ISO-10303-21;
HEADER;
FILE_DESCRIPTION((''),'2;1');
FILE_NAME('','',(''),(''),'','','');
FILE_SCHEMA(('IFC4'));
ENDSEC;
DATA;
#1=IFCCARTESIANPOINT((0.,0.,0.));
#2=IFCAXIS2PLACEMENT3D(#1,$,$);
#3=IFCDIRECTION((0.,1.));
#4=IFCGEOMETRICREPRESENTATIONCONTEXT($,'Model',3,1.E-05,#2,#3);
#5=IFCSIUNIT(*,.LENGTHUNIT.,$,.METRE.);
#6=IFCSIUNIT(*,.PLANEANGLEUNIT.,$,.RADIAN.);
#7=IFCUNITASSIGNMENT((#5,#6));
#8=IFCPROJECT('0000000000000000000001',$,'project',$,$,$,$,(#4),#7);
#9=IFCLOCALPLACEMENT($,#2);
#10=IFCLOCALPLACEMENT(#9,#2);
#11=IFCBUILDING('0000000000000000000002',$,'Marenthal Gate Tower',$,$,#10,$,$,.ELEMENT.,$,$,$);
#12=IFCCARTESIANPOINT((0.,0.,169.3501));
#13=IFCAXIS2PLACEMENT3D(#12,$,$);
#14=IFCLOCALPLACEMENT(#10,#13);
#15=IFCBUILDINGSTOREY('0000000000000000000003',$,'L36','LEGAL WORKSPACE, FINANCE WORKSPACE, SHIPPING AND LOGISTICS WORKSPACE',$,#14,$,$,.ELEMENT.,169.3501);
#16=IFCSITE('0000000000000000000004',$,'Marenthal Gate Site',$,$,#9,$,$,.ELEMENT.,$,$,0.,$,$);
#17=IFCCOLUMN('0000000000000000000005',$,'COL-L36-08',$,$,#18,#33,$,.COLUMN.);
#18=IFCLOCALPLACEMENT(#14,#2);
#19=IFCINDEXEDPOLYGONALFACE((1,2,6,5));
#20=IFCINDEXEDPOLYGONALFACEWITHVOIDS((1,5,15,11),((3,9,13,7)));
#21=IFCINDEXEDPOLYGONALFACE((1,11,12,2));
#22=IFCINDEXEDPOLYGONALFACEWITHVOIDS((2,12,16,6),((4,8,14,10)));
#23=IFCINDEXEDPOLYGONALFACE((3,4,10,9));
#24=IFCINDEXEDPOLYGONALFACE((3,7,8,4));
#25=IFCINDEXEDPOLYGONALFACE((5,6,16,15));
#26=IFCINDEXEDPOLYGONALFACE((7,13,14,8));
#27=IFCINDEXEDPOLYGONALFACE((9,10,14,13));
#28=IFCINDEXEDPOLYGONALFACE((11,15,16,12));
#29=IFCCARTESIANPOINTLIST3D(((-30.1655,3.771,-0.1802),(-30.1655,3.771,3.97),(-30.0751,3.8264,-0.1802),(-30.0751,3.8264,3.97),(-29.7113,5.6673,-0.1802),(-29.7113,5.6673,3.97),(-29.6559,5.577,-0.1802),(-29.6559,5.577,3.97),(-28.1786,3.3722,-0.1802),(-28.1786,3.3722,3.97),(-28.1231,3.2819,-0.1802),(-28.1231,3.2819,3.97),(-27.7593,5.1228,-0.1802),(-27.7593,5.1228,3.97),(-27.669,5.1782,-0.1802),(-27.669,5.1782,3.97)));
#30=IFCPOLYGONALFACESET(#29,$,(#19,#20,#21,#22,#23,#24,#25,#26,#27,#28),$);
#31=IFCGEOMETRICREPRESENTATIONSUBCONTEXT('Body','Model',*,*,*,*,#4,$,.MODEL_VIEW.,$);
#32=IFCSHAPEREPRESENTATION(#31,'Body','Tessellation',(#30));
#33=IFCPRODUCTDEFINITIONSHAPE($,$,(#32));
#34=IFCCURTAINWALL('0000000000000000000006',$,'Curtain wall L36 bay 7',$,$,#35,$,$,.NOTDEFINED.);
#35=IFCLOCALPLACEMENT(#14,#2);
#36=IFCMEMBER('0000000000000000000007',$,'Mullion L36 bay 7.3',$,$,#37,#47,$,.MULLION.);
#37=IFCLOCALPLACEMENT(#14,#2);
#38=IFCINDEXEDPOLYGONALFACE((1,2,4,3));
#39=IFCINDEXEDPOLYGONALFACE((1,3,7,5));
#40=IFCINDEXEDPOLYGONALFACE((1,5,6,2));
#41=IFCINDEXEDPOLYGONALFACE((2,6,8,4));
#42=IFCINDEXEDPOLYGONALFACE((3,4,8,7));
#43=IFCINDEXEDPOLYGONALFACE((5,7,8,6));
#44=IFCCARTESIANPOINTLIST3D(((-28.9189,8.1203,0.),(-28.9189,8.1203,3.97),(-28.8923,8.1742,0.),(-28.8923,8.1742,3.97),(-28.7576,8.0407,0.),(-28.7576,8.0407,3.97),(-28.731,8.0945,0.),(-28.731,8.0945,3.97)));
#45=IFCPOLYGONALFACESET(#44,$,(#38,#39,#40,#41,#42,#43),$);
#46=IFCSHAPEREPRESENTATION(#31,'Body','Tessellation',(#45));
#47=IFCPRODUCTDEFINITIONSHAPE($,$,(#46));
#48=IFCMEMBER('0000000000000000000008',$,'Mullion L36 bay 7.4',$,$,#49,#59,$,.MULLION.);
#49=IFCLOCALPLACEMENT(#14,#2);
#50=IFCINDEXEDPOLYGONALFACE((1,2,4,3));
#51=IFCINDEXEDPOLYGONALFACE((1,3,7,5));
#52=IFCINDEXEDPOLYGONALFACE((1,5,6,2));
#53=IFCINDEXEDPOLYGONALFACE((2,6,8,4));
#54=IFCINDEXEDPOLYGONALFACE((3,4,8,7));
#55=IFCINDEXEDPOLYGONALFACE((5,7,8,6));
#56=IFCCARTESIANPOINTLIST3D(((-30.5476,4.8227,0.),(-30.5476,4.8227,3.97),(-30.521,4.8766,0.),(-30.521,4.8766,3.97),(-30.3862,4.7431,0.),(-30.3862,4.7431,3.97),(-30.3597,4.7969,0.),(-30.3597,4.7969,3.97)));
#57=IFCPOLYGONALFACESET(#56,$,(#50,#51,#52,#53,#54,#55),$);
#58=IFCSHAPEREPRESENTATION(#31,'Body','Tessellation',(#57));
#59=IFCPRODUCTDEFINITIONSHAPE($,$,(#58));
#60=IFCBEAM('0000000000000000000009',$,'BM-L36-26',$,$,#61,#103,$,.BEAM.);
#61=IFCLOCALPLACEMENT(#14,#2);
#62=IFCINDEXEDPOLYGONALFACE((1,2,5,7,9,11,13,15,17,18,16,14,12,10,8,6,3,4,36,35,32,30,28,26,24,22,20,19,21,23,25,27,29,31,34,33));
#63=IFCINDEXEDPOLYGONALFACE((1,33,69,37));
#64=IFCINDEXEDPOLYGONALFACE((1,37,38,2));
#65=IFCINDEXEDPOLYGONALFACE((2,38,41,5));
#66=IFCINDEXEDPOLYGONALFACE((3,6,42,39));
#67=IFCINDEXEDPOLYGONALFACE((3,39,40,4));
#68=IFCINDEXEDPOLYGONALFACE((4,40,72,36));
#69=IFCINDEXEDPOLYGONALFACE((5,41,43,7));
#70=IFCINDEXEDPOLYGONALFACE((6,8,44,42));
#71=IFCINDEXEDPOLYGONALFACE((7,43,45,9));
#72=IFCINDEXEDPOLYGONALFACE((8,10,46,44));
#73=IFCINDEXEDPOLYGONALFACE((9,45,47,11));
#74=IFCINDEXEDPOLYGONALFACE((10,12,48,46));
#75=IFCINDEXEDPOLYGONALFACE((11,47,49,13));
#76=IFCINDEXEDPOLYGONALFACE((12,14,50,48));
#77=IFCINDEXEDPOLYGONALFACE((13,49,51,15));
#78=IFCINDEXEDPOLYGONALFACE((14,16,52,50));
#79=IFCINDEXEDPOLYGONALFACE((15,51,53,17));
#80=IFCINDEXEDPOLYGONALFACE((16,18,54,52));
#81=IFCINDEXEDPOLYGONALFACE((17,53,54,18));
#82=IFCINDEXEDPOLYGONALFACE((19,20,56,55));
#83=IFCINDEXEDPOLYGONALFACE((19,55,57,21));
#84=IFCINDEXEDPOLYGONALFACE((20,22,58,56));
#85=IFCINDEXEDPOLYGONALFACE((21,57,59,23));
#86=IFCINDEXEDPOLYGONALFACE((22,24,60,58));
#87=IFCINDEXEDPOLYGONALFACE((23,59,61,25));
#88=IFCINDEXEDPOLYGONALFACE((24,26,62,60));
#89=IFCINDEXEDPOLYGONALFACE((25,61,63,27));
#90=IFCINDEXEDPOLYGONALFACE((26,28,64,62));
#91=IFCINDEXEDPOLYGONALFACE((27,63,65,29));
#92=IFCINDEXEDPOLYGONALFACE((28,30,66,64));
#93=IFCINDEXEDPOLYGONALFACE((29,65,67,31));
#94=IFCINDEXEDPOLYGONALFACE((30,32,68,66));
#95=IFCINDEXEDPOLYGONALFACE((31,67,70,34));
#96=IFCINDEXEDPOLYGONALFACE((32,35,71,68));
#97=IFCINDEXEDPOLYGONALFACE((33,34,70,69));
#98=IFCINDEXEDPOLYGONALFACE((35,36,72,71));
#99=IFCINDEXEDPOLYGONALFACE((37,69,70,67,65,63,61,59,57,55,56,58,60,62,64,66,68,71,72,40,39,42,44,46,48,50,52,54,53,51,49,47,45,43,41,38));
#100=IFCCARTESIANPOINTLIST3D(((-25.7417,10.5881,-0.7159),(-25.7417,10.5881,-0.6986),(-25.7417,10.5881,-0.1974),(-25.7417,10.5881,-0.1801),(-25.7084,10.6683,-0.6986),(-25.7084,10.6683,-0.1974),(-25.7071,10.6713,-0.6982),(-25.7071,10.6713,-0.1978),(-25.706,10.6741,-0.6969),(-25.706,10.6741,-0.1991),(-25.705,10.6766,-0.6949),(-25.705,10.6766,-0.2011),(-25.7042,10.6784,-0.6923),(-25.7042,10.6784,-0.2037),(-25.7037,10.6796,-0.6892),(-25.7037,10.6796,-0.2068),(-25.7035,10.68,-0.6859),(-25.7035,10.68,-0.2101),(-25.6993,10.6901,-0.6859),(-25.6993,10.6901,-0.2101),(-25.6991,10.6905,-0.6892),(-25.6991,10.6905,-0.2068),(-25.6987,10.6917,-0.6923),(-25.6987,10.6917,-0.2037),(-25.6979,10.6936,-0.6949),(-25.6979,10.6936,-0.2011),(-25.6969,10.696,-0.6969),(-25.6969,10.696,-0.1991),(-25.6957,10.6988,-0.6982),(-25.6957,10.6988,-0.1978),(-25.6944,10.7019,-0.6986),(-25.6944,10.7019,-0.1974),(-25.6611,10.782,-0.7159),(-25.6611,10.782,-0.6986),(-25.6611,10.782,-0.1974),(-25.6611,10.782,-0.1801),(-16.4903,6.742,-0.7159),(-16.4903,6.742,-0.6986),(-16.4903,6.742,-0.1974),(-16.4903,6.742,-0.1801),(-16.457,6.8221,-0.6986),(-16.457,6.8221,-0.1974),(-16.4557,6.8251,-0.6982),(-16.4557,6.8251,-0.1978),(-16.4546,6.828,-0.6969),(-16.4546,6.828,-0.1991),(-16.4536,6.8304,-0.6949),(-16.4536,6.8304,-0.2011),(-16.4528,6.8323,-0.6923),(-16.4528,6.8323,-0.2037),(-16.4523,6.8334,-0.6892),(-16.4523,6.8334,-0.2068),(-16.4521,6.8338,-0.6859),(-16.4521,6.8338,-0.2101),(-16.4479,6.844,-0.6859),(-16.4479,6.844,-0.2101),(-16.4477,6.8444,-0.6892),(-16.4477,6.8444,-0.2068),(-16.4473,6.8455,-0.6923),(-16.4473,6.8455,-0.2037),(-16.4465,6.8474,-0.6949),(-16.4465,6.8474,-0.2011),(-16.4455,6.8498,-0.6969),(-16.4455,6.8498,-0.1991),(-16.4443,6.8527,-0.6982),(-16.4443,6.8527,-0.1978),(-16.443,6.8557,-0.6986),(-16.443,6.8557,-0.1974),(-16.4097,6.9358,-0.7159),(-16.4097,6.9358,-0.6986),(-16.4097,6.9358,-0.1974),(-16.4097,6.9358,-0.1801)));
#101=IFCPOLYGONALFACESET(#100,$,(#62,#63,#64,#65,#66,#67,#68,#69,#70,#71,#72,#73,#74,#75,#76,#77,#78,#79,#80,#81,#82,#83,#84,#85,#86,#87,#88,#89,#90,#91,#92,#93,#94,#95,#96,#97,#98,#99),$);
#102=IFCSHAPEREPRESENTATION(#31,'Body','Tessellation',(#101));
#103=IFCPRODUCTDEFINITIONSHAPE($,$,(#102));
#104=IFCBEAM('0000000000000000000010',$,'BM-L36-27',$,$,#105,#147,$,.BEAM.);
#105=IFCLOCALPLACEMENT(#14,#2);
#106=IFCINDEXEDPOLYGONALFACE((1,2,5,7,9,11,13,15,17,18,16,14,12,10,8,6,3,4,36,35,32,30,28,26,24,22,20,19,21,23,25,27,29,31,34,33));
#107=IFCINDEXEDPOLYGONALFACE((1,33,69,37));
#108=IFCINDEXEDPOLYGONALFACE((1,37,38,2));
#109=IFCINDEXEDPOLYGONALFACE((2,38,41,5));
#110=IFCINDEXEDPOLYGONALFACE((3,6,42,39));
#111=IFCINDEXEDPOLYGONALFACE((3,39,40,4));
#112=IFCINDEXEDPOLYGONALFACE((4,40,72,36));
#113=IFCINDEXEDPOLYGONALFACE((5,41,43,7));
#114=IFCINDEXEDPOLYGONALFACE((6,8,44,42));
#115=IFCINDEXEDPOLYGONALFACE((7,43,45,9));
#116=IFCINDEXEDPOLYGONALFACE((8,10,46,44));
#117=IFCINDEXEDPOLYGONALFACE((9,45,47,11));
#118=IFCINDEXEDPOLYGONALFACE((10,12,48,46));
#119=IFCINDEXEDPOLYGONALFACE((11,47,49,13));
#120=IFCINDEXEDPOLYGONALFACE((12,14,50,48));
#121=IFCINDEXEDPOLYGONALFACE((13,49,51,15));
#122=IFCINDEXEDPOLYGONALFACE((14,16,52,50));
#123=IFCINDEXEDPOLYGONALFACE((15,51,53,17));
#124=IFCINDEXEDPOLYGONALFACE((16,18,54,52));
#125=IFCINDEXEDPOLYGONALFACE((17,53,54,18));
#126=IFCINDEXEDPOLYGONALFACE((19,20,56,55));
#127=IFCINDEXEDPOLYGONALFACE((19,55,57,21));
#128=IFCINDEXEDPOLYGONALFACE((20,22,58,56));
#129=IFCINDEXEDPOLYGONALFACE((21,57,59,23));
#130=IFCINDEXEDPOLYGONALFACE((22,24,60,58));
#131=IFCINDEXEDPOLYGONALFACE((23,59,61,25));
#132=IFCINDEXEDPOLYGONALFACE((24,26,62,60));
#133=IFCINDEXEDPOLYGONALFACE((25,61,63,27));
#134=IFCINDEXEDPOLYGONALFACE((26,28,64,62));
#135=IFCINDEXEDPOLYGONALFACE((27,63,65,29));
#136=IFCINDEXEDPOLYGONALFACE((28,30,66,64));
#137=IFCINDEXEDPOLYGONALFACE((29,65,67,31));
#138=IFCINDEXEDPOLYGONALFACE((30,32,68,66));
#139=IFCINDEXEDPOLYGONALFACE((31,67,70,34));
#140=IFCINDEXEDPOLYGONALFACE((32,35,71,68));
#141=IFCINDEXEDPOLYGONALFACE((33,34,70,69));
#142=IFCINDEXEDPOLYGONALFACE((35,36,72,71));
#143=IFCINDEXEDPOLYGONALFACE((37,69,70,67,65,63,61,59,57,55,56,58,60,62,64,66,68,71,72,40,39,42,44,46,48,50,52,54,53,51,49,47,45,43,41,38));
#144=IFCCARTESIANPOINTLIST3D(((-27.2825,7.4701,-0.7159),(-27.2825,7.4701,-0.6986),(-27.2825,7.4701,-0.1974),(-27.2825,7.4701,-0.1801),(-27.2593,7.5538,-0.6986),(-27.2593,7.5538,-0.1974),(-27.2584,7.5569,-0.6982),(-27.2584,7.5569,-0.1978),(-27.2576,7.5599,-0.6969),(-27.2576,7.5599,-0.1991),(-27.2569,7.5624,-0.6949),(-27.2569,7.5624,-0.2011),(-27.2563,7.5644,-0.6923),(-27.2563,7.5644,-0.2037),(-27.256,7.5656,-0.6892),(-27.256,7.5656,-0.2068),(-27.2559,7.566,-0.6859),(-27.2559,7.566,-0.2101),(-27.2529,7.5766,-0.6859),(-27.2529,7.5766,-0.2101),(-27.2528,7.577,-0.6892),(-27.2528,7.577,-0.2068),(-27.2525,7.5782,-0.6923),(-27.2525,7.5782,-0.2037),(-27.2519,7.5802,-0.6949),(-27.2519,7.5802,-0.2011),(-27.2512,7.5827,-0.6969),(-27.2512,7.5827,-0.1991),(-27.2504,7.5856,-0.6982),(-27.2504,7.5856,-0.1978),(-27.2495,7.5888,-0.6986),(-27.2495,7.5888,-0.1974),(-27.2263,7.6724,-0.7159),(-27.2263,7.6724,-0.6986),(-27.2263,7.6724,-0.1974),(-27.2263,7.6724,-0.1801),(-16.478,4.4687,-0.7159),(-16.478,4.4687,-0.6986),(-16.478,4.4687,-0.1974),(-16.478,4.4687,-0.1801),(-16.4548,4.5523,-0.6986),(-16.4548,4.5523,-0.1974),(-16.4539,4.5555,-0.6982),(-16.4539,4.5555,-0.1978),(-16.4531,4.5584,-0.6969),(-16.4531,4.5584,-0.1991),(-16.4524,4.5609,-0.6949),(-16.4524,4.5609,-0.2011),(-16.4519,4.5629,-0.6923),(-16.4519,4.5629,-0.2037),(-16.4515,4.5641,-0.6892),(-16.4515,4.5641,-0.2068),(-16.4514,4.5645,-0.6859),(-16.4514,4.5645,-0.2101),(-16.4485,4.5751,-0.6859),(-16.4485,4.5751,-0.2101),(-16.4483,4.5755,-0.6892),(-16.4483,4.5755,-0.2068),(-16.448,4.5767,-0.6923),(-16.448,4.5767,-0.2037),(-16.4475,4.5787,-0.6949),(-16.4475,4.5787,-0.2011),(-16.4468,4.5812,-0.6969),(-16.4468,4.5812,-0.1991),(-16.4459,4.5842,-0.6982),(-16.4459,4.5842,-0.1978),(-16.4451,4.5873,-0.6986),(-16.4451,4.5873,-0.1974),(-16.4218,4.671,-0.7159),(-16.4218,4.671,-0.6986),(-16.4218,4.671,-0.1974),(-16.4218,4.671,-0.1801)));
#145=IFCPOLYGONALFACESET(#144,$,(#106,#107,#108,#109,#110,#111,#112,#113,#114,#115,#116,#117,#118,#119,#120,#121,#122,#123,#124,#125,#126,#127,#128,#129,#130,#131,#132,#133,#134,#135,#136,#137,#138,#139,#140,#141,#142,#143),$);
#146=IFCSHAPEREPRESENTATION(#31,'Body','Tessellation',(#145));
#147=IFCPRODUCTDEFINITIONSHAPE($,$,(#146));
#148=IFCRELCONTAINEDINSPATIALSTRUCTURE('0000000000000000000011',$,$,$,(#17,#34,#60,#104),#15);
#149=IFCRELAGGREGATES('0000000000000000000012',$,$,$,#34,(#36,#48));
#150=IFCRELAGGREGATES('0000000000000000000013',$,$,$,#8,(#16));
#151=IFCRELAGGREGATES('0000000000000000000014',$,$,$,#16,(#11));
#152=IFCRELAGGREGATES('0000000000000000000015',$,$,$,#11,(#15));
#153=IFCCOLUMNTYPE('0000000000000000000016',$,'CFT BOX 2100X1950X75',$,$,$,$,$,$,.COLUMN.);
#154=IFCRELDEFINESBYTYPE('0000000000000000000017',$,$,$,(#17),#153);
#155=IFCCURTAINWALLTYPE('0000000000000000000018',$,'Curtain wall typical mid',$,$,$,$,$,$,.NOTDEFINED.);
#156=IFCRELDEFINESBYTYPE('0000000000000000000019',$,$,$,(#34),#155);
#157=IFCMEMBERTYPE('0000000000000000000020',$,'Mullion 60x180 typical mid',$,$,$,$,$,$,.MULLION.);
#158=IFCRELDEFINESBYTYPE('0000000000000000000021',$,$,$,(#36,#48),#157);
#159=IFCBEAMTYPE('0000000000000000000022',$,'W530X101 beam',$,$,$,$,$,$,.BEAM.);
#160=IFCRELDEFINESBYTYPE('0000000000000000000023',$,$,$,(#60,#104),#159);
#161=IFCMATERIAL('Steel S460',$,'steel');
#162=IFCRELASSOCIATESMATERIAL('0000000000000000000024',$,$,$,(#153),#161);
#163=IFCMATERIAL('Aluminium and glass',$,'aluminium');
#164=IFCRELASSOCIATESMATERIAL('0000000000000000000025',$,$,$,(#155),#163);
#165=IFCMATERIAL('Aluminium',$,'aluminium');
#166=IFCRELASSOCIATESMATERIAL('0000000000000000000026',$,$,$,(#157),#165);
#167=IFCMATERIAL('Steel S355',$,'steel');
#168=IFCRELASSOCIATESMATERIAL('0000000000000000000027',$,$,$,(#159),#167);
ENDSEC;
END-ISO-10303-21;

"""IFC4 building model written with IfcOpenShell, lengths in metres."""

from ifc_helpers import new_model, si_unit, direction, frame, origin, origin_2d, place, context, subcontext, project, spatial, rectangle, hollow_rectangle, i_section, extrude, material, material_profile, profile_set, type_object, element, aggregate, save


model = new_model("IFC4")

# Units and contexts
model_context = context("Model", 3, precision=1e-05, world=origin(), true_north=direction((0.0, 1.0)))
body_context = subcontext(model_context, "Body", "Model", "MODEL_VIEW")
ifc_project = project(units=[si_unit("LENGTHUNIT", "METRE"), si_unit("PLANEANGLEUNIT", "RADIAN")], contexts=[model_context])

# Site, building, storey
site_placement = place(None, origin())
site = spatial("IfcSite", under=ifc_project, at=site_placement, Name="Marenthal Gate Site", CompositionType="ELEMENT", RefElevation=0.0)
building_placement = place(site_placement, origin())
building = spatial("IfcBuilding", under=site, at=building_placement, Name="Marenthal Gate Tower", CompositionType="ELEMENT")
storey_placement = place(building_placement, frame((0.0, 0.0, 169.3501)))
storey = spatial("IfcBuildingStorey", under=building, at=storey_placement, Name="L36", Description="LEGAL WORKSPACE, FINANCE WORKSPACE, SHIPPING AND LOGISTICS WORKSPACE", CompositionType="ELEMENT", Elevation=169.3501)

# Column
ifc_material_1 = material(Name="Steel S460", Category="steel")
ifc_material_profile_1 = material_profile(ifc_material_1, hollow_rectangle(XDim=1.95, YDim=2.1001, WallThickness=0.075, at=origin_2d()), Name="CFT BOX 2100X1950X75")
ifc_material_2 = material(Name="Concrete 70 MPa", Category="concrete")
ifc_material_profile_2 = material_profile(ifc_material_2, rectangle(XDim=1.8, YDim=1.95, at=origin_2d()), Name="CFT BOX 2100X1950X75 INFILL")
ifc_profile_set_1 = profile_set([ifc_material_profile_1, ifc_material_profile_2], Name="Steel S460 shell, Concrete 70 MPa infill")
column_type = type_object("IfcColumnType", Name="CFT BOX 2100X1950X75", PredefinedType="COLUMN", material=ifc_profile_set_1)
column_placement = place(storey_placement, frame((-28.9172, 4.4746, -0.1802), z_axis=(0.0, 0.0, 1.0), x_axis=(0.232909, 0.972499, 0.0)))
element("IfcColumn", 1, at=column_placement, inside=storey, type_object=column_type, Name="COL-L36-08", PredefinedType="COLUMN", context=body_context, shape_type="SweptSolid", body=[
    extrude(hollow_rectangle(XDim=1.95, YDim=2.1001, WallThickness=0.075, at=origin_2d()), origin(), (0.0, 0.0, 1.0), 4.1501),
])

# Curtain wall, members
ifc_material_3 = material(Name="Aluminium and glass", Category="aluminium")
curtain_wall_type = type_object("IfcCurtainWallType", Name="Curtain wall typical mid", PredefinedType="NOTDEFINED", material=ifc_material_3)
curtain_wall_placement = place(storey_placement, origin())
curtain_wall = element("IfcCurtainWall", 2, at=curtain_wall_placement, inside=storey, type_object=curtain_wall_type, Name="Curtain wall L36 bay 7", PredefinedType="NOTDEFINED")
ifc_material_4 = material(Name="Aluminium", Category="aluminium")
ifc_material_profile_3 = material_profile(ifc_material_4, rectangle(XDim=0.1799, YDim=0.0601, at=origin_2d()), Name="60x180 aluminium mullion")
ifc_profile_set_2 = profile_set([ifc_material_profile_3], Name="Aluminium")
member_type = type_object("IfcMemberType", Name="Mullion 60x180 typical mid", PredefinedType="MULLION", material=ifc_profile_set_2)
member_1_placement = place(storey_placement, frame((-28.825, 8.1074, 0.0), z_axis=(0.0, 0.0, 1.0), x_axis=(0.896609, -0.442824, 0.0)))
member_1 = element("IfcMember", 3, at=member_1_placement, type_object=member_type, Name="Mullion L36 bay 7.3", PredefinedType="MULLION", context=body_context, shape_type="SweptSolid", body=[
    extrude(rectangle(XDim=0.1799, YDim=0.0601, at=origin_2d()), origin(), (0.0, 0.0, 1.0), 3.97),
])
member_2_placement = place(storey_placement, frame((-30.4536, 4.8098, 0.0), z_axis=(0.0, 0.0, 1.0), x_axis=(0.896609, -0.442824, 0.0)))
member_2 = element("IfcMember", 4, at=member_2_placement, type_object=member_type, Name="Mullion L36 bay 7.4", PredefinedType="MULLION", context=body_context, shape_type="SweptSolid", body=[
    extrude(rectangle(XDim=0.1799, YDim=0.0601, at=origin_2d()), origin(), (0.0, 0.0, 1.0), 3.97),
])

# Beams
ifc_material_5 = material(Name="Steel S355", Category="steel")
ifc_material_profile_4 = material_profile(ifc_material_5, i_section(OverallWidth=0.21, OverallDepth=0.5359, WebThickness=0.011, FlangeThickness=0.0173, FilletRadius=0.0127, at=origin_2d()), Name="W530X101")
ifc_profile_set_3 = profile_set([ifc_material_profile_4], Name="Steel S355")
beam_type_1 = type_object("IfcBeamType", Name="W530X101 beam", PredefinedType="BEAM", material=ifc_profile_set_3)
beam_1_placement = place(storey_placement, frame((-25.7014, 10.6851, -0.448), z_axis=(0.923381, -0.383885, 0.0), x_axis=(0.383885, 0.923381, 0.0)))
element("IfcBeam", 5, at=beam_1_placement, inside=storey, type_object=beam_type_1, Name="BM-L36-26", PredefinedType="BEAM", context=body_context, shape_type="SweptSolid", body=[
    extrude(i_section(OverallWidth=0.21, OverallDepth=0.5359, WebThickness=0.011, FlangeThickness=0.0173, FilletRadius=0.0127, at=origin_2d()), origin(), (0.0, 0.0, 1.0), 10.019),
])
beam_2_placement = place(storey_placement, frame((-27.2544, 7.5713, -0.448), z_axis=(0.963513, -0.267663, 0.0), x_axis=(0.267663, 0.963513, 0.0)))
element("IfcBeam", 6, at=beam_2_placement, inside=storey, type_object=beam_type_1, Name="BM-L36-27", PredefinedType="BEAM", context=body_context, shape_type="SweptSolid", body=[
    extrude(i_section(OverallWidth=0.21, OverallDepth=0.5359, WebThickness=0.011, FlangeThickness=0.0173, FilletRadius=0.0127, at=origin_2d()), origin(), (0.0, 0.0, 1.0), 11.2136),
])

aggregate(curtain_wall, [member_1, member_2])

save(model, "model.ifc")
